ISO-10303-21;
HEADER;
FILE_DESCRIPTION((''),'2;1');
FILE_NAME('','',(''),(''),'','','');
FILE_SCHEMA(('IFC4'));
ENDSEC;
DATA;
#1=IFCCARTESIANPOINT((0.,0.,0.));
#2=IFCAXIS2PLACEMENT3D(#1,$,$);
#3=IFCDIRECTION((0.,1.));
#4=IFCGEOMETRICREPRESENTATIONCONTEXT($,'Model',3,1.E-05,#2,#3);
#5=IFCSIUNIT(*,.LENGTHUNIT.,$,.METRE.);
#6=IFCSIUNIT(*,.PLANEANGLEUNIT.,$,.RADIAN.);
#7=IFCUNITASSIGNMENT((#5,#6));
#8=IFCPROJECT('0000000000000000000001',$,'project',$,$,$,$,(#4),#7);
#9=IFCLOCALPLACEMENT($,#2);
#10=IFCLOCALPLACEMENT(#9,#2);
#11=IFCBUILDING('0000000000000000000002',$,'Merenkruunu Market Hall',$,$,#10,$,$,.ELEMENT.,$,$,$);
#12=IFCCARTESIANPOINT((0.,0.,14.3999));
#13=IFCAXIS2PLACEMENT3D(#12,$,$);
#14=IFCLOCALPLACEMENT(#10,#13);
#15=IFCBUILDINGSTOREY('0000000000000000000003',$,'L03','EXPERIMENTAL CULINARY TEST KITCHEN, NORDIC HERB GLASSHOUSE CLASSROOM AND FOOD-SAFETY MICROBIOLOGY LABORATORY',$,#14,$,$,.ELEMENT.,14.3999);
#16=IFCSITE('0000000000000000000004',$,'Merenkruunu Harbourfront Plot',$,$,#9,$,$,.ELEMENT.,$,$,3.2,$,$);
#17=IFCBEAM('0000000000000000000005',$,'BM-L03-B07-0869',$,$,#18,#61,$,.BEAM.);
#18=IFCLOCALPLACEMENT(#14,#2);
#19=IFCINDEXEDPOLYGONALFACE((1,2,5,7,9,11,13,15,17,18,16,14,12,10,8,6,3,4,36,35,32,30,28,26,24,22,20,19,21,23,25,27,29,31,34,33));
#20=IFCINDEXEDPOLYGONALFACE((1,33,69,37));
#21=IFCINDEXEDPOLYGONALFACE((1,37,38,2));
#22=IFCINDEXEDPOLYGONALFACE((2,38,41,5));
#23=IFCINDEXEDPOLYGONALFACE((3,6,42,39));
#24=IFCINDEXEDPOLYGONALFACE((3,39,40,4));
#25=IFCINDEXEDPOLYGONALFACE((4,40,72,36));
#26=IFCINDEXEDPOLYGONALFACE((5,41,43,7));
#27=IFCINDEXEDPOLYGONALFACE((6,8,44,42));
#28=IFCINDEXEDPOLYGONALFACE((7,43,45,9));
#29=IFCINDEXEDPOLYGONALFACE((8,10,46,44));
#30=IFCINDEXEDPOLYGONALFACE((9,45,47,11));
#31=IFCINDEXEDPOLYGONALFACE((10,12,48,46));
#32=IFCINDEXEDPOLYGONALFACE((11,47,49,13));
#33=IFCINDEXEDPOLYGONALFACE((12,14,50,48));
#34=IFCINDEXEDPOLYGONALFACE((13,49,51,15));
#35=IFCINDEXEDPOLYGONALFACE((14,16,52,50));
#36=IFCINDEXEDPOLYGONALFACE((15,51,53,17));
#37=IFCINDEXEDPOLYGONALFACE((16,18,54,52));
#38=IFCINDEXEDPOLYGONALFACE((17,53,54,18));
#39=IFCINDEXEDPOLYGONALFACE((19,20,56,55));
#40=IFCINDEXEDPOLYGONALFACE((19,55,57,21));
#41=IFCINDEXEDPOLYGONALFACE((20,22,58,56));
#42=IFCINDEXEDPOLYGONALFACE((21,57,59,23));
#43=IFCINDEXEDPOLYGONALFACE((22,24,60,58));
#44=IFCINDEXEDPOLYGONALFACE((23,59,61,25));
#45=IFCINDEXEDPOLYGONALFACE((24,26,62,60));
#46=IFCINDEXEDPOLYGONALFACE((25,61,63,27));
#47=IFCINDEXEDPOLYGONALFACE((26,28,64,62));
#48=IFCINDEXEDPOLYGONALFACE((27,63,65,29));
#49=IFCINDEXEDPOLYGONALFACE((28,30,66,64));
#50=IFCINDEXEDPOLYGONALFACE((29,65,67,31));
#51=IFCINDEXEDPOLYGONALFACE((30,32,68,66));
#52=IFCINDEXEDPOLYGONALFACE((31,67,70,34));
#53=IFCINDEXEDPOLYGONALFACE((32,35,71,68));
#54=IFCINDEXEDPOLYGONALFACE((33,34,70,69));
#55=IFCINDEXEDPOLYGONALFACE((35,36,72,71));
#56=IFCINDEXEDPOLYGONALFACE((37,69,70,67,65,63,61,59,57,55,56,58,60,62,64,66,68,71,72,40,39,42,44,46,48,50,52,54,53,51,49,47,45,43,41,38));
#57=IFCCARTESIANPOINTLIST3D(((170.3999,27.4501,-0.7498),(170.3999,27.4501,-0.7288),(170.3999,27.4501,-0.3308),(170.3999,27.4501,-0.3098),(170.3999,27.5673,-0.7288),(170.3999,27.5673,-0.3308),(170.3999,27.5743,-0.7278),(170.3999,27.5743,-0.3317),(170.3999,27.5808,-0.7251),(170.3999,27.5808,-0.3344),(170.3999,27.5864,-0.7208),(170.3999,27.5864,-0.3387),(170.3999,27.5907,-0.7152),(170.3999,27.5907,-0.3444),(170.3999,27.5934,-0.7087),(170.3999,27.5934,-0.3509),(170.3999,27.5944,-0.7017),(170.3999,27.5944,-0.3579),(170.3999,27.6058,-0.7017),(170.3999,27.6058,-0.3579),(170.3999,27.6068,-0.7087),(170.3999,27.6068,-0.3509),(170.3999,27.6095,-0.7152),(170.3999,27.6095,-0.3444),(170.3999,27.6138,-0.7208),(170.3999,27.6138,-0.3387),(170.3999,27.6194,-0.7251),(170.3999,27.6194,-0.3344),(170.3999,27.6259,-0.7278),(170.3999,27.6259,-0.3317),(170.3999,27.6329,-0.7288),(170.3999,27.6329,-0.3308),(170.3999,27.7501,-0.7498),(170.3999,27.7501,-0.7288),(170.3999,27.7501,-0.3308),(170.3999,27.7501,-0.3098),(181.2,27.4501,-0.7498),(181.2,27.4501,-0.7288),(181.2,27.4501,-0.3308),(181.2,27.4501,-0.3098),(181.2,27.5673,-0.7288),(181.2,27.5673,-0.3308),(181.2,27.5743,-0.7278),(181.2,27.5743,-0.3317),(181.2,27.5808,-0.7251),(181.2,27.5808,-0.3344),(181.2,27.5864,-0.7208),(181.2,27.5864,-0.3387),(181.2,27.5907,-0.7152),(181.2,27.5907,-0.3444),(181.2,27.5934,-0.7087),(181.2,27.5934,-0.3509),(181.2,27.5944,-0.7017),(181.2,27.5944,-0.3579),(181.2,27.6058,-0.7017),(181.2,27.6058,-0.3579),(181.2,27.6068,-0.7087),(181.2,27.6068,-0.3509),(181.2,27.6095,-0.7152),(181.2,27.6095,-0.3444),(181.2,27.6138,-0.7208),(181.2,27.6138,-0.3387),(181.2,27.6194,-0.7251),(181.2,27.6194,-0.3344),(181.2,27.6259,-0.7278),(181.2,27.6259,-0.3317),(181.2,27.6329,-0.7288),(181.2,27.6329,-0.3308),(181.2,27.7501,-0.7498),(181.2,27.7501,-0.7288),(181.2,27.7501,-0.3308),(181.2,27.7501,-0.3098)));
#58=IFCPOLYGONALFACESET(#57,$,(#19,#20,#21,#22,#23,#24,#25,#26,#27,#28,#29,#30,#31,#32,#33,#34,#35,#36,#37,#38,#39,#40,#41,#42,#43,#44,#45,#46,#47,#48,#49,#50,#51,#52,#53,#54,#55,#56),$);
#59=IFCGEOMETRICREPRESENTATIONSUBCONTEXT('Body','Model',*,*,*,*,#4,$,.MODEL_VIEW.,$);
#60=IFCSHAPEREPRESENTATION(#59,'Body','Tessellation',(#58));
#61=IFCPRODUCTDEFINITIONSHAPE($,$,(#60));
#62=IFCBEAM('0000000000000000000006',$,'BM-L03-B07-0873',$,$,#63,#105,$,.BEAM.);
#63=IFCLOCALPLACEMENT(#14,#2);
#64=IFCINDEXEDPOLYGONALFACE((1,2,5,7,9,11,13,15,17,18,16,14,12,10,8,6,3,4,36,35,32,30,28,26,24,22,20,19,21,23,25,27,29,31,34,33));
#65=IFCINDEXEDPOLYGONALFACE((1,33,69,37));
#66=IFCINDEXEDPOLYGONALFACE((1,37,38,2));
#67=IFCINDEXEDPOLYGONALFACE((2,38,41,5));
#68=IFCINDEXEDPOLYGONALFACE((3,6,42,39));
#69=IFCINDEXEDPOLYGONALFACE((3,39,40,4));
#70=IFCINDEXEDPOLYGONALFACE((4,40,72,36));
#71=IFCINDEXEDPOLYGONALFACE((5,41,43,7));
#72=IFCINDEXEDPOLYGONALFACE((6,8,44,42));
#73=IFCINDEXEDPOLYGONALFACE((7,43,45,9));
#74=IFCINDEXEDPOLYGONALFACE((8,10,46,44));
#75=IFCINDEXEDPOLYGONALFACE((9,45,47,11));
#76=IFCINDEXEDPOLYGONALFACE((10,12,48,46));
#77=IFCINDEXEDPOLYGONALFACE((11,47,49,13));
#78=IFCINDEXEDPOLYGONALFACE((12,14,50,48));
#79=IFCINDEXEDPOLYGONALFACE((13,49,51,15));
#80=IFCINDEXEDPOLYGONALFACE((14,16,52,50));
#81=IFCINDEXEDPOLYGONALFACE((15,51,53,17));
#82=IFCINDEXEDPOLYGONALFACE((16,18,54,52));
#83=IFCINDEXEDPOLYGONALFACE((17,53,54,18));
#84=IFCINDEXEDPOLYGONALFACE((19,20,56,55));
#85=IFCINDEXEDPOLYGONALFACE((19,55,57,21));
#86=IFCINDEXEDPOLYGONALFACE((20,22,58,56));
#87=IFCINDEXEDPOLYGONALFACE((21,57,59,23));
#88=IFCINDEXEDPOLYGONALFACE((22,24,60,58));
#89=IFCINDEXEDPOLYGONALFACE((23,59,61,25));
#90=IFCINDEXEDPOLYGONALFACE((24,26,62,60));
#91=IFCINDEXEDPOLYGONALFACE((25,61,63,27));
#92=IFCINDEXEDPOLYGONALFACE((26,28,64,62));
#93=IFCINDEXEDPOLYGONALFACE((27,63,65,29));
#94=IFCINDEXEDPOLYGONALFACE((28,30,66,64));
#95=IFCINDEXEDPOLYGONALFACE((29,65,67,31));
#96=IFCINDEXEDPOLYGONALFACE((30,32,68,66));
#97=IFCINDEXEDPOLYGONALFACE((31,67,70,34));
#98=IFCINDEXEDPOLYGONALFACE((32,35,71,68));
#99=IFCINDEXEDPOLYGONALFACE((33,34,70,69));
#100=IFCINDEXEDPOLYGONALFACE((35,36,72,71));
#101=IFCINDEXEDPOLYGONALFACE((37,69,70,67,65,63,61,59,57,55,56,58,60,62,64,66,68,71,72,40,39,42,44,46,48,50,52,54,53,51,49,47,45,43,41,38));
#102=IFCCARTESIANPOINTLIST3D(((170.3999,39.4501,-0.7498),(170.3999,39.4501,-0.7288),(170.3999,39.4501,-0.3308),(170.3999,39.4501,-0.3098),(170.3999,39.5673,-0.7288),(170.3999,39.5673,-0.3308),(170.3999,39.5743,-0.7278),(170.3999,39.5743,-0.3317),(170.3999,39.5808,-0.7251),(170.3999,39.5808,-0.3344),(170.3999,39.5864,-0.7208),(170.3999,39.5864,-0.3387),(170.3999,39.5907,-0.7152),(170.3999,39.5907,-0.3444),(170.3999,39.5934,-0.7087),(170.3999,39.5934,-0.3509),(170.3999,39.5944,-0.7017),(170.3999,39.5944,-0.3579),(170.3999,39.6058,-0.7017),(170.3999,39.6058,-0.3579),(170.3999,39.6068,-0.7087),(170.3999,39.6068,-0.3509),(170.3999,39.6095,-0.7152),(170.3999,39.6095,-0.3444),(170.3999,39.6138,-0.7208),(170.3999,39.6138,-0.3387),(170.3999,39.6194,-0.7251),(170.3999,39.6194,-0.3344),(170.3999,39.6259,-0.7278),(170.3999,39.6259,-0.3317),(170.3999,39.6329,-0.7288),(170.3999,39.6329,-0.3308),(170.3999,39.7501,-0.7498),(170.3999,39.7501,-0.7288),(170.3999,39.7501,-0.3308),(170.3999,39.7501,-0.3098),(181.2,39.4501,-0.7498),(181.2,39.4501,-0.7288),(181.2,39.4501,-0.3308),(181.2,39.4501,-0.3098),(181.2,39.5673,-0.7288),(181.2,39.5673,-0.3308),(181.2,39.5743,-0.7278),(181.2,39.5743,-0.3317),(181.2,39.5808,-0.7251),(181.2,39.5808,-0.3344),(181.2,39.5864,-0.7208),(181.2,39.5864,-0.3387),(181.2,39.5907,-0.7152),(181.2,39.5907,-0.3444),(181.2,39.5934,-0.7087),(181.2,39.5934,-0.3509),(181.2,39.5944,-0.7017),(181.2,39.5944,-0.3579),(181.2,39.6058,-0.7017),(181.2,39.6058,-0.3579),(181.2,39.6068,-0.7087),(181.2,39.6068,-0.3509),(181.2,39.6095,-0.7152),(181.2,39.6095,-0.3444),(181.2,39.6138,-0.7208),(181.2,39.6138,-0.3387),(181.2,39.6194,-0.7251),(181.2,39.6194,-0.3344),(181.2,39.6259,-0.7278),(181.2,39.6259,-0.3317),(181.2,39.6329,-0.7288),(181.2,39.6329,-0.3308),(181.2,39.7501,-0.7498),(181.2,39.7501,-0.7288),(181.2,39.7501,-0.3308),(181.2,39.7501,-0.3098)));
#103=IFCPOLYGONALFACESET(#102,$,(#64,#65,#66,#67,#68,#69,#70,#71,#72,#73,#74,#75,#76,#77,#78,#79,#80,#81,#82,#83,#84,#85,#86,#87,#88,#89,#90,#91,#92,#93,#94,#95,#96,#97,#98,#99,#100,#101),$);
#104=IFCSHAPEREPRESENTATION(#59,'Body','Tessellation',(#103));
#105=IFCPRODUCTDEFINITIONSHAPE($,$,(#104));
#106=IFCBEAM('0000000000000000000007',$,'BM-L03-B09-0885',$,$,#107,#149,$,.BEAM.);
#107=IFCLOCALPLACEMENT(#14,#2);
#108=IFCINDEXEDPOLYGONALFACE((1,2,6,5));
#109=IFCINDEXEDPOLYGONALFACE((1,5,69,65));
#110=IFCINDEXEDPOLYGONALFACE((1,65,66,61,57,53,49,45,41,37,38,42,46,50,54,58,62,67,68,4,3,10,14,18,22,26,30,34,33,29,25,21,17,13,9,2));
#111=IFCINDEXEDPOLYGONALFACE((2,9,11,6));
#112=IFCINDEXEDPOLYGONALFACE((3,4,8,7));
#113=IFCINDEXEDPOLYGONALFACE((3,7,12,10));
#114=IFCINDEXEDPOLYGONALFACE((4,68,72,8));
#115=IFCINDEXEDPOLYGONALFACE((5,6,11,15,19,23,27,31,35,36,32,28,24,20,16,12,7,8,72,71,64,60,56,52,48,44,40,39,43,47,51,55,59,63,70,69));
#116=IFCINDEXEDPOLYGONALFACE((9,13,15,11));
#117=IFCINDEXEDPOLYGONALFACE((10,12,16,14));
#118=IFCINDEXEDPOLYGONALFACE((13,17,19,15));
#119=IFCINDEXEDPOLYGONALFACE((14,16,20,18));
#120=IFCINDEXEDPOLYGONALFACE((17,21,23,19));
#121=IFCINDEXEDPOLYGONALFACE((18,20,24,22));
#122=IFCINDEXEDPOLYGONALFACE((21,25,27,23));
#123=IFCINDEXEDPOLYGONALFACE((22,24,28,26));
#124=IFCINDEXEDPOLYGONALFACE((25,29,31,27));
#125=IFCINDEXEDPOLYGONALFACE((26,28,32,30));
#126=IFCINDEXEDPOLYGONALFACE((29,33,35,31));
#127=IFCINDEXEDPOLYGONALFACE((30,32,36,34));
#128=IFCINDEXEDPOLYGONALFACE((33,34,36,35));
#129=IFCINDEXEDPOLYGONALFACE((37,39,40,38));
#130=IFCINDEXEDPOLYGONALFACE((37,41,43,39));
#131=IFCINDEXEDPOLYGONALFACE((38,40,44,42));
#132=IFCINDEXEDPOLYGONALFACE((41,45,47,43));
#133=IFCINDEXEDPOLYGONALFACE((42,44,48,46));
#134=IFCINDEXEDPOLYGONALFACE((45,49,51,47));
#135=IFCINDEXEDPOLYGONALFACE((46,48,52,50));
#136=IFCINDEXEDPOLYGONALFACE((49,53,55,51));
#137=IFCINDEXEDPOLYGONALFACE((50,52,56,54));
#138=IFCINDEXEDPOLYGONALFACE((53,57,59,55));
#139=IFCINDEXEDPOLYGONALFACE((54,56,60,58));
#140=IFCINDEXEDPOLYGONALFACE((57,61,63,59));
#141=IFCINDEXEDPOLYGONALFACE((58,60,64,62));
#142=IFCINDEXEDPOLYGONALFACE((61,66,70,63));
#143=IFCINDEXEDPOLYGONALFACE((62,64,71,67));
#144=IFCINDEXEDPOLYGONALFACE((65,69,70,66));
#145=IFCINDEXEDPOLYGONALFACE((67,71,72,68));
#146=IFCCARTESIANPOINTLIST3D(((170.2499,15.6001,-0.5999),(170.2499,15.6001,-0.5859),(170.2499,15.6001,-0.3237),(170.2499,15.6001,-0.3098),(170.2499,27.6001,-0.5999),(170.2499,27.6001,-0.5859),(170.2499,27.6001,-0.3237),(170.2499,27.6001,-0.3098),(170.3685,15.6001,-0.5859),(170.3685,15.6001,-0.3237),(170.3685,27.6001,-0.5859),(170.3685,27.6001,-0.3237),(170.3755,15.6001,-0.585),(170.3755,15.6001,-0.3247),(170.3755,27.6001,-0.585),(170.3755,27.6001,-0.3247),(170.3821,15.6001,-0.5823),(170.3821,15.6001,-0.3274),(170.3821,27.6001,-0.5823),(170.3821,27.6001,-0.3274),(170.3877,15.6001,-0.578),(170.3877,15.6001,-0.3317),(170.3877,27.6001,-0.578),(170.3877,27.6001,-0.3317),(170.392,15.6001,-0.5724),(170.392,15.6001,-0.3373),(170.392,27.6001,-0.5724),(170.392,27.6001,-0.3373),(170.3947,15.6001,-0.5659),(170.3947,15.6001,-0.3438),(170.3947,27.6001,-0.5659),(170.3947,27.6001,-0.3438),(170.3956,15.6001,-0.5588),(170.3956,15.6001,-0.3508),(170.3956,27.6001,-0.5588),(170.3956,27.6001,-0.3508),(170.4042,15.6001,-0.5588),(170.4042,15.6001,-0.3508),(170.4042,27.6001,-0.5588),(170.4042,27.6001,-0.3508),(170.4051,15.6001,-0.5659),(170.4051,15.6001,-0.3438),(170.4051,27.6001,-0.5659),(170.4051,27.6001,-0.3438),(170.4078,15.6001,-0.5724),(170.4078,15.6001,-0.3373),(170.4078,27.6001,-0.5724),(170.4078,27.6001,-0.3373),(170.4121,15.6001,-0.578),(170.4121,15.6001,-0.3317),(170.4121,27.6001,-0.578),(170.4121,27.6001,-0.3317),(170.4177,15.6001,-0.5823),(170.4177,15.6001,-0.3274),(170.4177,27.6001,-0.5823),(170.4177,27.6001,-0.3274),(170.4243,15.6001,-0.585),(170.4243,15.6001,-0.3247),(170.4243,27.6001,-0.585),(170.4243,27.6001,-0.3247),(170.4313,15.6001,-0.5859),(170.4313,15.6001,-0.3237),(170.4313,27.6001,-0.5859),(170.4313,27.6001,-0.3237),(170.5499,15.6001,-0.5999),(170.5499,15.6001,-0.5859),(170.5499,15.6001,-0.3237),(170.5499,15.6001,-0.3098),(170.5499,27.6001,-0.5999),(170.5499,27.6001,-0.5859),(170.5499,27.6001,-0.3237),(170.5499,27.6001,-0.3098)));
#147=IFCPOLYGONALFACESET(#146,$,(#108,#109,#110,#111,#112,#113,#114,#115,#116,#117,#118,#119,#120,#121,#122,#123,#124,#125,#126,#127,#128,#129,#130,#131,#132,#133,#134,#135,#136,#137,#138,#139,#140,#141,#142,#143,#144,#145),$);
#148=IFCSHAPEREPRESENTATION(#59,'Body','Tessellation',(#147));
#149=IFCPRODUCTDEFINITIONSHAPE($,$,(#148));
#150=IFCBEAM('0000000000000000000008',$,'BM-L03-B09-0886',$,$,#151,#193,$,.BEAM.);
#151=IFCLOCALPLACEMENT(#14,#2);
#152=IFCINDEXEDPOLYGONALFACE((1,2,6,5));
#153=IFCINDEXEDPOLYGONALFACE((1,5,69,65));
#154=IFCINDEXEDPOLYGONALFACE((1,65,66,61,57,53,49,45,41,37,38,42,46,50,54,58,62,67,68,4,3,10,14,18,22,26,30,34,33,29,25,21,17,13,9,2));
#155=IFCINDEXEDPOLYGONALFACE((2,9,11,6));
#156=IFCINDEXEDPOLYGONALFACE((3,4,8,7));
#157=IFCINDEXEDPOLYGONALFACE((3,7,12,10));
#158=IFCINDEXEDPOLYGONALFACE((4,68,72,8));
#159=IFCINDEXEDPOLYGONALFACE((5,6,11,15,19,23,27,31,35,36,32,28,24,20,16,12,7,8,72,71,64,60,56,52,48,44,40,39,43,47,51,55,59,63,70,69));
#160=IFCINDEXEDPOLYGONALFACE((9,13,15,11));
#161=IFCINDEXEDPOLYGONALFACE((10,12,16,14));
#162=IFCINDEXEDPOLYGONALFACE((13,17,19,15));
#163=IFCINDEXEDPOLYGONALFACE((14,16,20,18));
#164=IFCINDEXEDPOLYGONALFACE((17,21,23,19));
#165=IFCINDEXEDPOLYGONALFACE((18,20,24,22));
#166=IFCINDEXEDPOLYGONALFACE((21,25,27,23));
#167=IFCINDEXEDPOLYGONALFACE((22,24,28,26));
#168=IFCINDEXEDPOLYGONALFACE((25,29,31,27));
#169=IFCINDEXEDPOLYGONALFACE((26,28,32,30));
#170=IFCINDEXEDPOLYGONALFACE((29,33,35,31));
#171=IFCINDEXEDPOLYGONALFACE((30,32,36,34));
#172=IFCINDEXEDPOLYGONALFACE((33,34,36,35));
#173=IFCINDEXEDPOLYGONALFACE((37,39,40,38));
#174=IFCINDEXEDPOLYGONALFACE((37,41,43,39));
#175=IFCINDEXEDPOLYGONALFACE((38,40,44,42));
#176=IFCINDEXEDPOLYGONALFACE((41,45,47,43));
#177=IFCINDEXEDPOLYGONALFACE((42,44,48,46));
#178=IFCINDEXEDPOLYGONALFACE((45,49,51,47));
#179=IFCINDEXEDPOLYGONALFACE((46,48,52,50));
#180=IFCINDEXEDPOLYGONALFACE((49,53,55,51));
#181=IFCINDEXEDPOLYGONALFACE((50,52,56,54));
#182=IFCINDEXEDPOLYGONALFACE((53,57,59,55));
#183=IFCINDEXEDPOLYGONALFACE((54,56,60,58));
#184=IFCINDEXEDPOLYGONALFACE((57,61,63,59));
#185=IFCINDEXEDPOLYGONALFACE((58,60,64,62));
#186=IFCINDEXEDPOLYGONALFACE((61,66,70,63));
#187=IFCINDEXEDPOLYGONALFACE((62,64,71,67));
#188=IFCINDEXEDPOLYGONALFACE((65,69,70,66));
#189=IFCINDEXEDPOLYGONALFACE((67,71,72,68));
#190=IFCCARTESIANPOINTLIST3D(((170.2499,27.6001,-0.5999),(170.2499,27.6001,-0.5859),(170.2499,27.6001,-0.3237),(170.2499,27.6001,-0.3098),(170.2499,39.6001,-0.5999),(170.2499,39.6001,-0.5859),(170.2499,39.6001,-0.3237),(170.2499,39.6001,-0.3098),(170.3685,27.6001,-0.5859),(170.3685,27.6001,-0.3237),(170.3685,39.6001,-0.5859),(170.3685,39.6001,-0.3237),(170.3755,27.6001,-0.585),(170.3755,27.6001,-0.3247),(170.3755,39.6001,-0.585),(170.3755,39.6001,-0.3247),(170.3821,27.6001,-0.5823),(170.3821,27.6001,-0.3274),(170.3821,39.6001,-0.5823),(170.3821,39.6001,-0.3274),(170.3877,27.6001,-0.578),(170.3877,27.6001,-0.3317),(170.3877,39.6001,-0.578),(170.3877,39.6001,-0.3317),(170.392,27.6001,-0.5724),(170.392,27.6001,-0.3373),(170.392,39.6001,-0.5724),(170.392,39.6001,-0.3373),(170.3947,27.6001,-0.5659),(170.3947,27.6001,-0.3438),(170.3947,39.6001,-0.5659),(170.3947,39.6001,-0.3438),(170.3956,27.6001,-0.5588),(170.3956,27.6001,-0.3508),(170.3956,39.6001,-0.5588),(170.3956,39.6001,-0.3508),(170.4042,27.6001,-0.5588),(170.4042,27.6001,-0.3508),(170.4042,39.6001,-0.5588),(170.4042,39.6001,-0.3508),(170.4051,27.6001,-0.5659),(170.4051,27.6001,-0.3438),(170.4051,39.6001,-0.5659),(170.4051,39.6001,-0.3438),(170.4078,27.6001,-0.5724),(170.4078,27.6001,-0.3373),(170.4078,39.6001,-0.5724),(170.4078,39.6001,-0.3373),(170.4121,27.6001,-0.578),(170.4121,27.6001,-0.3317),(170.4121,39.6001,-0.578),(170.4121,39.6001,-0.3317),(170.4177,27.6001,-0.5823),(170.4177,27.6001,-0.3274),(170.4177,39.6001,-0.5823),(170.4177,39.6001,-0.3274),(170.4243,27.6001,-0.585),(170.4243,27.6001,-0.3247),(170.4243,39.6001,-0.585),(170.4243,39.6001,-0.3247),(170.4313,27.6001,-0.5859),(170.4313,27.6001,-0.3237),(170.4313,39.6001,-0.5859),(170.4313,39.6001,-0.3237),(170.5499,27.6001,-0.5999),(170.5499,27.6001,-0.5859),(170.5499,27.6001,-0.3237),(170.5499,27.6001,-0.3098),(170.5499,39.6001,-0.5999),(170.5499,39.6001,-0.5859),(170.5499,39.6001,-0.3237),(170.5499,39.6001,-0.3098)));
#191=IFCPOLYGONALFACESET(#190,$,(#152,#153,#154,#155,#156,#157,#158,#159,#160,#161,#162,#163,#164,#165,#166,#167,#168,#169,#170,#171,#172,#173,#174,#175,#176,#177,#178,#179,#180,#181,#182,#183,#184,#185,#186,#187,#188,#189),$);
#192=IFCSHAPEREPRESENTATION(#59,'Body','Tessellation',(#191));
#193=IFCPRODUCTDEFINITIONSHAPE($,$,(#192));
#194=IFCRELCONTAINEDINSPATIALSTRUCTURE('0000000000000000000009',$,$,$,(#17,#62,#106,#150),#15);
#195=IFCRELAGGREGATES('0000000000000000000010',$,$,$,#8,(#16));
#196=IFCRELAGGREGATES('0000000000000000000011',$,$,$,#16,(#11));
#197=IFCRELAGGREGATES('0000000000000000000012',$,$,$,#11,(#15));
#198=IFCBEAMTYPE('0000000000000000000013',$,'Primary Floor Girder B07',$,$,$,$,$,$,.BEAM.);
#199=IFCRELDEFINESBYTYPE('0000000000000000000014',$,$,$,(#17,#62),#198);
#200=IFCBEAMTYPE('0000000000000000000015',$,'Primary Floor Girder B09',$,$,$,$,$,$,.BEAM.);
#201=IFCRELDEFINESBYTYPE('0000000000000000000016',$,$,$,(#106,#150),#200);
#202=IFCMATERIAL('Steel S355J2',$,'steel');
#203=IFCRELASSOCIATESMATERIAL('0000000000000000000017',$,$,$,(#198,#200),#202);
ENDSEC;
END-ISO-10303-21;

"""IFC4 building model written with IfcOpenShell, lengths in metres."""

from ifc_helpers import new_model, si_unit, direction, frame, origin, origin_2d, place, context, subcontext, project, spatial, i_section, extrude, material, material_profile, profile_set, type_object, element, save


model = new_model("IFC4")

# Units and contexts
model_context = context("Model", 3, precision=1e-05, world=origin(), true_north=direction((0.0, 1.0)))
body_context = subcontext(model_context, "Body", "Model", "MODEL_VIEW")
ifc_project = project(units=[si_unit("LENGTHUNIT", "METRE"), si_unit("PLANEANGLEUNIT", "RADIAN")], contexts=[model_context])

# Site, building, storey
site_placement = place(None, origin())
site = spatial("IfcSite", under=ifc_project, at=site_placement, Name="Merenkruunu Harbourfront Plot", CompositionType="ELEMENT", RefElevation=3.2)
building_placement = place(site_placement, origin())
building = spatial("IfcBuilding", under=site, at=building_placement, Name="Merenkruunu Market Hall", CompositionType="ELEMENT")
storey_placement = place(building_placement, frame((0.0, 0.0, 14.3999)))
storey = spatial("IfcBuildingStorey", under=building, at=storey_placement, Name="L03", Description="EXPERIMENTAL CULINARY TEST KITCHEN, NORDIC HERB GLASSHOUSE CLASSROOM AND FOOD-SAFETY MICROBIOLOGY LABORATORY", CompositionType="ELEMENT", Elevation=14.3999)

# Shared definitions
ifc_material_1 = material(Name="Steel S355J2", Category="steel")

# Beams
ifc_material_profile_1 = material_profile(ifc_material_1, i_section(OverallWidth=0.3, OverallDepth=0.4399, WebThickness=0.0115, FlangeThickness=0.021, FilletRadius=0.0271, at=origin_2d()), Name="HEA 450")
ifc_profile_set_1 = profile_set([ifc_material_profile_1], Name="Steel S355J2")
beam_type_1 = type_object("IfcBeamType", Name="Primary Floor Girder B07", PredefinedType="BEAM", material=ifc_profile_set_1)
for number, where, z_axis, x_axis, name in (
    (1, (170.3999, 27.6001, -0.5298), (1.0, 0.0, 0.0), (0.0, 1.0, 0.0), "BM-L03-B07-0869"),
    (2, (170.3999, 39.6001, -0.5298), (1.0, 0.0, 0.0), (0.0, 1.0, 0.0), "BM-L03-B07-0873"),
):
    element("IfcBeam", number, at=place(storey_placement, frame(where, z_axis=z_axis, x_axis=x_axis)), inside=storey, type_object=beam_type_1, Name=name, PredefinedType="BEAM", context=body_context, shape_type="SweptSolid", body=[
        extrude(i_section(OverallWidth=0.3, OverallDepth=0.4399, WebThickness=0.0115, FlangeThickness=0.021, FilletRadius=0.0271, at=origin_2d()), origin(), (0.0, 0.0, 1.0), 10.8),
    ])
ifc_material_profile_2 = material_profile(ifc_material_1, i_section(OverallWidth=0.3, OverallDepth=0.29, WebThickness=0.0085, FlangeThickness=0.0139, FilletRadius=0.0271, at=origin_2d()), Name="HEA 300")
ifc_profile_set_2 = profile_set([ifc_material_profile_2], Name="Steel S355J2")
beam_type_2 = type_object("IfcBeamType", Name="Primary Floor Girder B09", PredefinedType="BEAM", material=ifc_profile_set_2)
for number, where, z_axis, x_axis, name in (
    (3, (170.3999, 15.6001, -0.4548), (0.0, 1.0, 0.0), (-1.0, 0.0, 0.0), "BM-L03-B09-0885"),
    (4, (170.3999, 27.6001, -0.4548), (0.0, 1.0, 0.0), (-1.0, 0.0, 0.0), "BM-L03-B09-0886"),
):
    element("IfcBeam", number, at=place(storey_placement, frame(where, z_axis=z_axis, x_axis=x_axis)), inside=storey, type_object=beam_type_2, Name=name, PredefinedType="BEAM", context=body_context, shape_type="SweptSolid", body=[
        extrude(i_section(OverallWidth=0.3, OverallDepth=0.29, WebThickness=0.0085, FlangeThickness=0.0139, FilletRadius=0.0271, at=origin_2d()), origin(), (0.0, 0.0, 1.0), 12.0),
    ])

save(model, "model.ifc")
